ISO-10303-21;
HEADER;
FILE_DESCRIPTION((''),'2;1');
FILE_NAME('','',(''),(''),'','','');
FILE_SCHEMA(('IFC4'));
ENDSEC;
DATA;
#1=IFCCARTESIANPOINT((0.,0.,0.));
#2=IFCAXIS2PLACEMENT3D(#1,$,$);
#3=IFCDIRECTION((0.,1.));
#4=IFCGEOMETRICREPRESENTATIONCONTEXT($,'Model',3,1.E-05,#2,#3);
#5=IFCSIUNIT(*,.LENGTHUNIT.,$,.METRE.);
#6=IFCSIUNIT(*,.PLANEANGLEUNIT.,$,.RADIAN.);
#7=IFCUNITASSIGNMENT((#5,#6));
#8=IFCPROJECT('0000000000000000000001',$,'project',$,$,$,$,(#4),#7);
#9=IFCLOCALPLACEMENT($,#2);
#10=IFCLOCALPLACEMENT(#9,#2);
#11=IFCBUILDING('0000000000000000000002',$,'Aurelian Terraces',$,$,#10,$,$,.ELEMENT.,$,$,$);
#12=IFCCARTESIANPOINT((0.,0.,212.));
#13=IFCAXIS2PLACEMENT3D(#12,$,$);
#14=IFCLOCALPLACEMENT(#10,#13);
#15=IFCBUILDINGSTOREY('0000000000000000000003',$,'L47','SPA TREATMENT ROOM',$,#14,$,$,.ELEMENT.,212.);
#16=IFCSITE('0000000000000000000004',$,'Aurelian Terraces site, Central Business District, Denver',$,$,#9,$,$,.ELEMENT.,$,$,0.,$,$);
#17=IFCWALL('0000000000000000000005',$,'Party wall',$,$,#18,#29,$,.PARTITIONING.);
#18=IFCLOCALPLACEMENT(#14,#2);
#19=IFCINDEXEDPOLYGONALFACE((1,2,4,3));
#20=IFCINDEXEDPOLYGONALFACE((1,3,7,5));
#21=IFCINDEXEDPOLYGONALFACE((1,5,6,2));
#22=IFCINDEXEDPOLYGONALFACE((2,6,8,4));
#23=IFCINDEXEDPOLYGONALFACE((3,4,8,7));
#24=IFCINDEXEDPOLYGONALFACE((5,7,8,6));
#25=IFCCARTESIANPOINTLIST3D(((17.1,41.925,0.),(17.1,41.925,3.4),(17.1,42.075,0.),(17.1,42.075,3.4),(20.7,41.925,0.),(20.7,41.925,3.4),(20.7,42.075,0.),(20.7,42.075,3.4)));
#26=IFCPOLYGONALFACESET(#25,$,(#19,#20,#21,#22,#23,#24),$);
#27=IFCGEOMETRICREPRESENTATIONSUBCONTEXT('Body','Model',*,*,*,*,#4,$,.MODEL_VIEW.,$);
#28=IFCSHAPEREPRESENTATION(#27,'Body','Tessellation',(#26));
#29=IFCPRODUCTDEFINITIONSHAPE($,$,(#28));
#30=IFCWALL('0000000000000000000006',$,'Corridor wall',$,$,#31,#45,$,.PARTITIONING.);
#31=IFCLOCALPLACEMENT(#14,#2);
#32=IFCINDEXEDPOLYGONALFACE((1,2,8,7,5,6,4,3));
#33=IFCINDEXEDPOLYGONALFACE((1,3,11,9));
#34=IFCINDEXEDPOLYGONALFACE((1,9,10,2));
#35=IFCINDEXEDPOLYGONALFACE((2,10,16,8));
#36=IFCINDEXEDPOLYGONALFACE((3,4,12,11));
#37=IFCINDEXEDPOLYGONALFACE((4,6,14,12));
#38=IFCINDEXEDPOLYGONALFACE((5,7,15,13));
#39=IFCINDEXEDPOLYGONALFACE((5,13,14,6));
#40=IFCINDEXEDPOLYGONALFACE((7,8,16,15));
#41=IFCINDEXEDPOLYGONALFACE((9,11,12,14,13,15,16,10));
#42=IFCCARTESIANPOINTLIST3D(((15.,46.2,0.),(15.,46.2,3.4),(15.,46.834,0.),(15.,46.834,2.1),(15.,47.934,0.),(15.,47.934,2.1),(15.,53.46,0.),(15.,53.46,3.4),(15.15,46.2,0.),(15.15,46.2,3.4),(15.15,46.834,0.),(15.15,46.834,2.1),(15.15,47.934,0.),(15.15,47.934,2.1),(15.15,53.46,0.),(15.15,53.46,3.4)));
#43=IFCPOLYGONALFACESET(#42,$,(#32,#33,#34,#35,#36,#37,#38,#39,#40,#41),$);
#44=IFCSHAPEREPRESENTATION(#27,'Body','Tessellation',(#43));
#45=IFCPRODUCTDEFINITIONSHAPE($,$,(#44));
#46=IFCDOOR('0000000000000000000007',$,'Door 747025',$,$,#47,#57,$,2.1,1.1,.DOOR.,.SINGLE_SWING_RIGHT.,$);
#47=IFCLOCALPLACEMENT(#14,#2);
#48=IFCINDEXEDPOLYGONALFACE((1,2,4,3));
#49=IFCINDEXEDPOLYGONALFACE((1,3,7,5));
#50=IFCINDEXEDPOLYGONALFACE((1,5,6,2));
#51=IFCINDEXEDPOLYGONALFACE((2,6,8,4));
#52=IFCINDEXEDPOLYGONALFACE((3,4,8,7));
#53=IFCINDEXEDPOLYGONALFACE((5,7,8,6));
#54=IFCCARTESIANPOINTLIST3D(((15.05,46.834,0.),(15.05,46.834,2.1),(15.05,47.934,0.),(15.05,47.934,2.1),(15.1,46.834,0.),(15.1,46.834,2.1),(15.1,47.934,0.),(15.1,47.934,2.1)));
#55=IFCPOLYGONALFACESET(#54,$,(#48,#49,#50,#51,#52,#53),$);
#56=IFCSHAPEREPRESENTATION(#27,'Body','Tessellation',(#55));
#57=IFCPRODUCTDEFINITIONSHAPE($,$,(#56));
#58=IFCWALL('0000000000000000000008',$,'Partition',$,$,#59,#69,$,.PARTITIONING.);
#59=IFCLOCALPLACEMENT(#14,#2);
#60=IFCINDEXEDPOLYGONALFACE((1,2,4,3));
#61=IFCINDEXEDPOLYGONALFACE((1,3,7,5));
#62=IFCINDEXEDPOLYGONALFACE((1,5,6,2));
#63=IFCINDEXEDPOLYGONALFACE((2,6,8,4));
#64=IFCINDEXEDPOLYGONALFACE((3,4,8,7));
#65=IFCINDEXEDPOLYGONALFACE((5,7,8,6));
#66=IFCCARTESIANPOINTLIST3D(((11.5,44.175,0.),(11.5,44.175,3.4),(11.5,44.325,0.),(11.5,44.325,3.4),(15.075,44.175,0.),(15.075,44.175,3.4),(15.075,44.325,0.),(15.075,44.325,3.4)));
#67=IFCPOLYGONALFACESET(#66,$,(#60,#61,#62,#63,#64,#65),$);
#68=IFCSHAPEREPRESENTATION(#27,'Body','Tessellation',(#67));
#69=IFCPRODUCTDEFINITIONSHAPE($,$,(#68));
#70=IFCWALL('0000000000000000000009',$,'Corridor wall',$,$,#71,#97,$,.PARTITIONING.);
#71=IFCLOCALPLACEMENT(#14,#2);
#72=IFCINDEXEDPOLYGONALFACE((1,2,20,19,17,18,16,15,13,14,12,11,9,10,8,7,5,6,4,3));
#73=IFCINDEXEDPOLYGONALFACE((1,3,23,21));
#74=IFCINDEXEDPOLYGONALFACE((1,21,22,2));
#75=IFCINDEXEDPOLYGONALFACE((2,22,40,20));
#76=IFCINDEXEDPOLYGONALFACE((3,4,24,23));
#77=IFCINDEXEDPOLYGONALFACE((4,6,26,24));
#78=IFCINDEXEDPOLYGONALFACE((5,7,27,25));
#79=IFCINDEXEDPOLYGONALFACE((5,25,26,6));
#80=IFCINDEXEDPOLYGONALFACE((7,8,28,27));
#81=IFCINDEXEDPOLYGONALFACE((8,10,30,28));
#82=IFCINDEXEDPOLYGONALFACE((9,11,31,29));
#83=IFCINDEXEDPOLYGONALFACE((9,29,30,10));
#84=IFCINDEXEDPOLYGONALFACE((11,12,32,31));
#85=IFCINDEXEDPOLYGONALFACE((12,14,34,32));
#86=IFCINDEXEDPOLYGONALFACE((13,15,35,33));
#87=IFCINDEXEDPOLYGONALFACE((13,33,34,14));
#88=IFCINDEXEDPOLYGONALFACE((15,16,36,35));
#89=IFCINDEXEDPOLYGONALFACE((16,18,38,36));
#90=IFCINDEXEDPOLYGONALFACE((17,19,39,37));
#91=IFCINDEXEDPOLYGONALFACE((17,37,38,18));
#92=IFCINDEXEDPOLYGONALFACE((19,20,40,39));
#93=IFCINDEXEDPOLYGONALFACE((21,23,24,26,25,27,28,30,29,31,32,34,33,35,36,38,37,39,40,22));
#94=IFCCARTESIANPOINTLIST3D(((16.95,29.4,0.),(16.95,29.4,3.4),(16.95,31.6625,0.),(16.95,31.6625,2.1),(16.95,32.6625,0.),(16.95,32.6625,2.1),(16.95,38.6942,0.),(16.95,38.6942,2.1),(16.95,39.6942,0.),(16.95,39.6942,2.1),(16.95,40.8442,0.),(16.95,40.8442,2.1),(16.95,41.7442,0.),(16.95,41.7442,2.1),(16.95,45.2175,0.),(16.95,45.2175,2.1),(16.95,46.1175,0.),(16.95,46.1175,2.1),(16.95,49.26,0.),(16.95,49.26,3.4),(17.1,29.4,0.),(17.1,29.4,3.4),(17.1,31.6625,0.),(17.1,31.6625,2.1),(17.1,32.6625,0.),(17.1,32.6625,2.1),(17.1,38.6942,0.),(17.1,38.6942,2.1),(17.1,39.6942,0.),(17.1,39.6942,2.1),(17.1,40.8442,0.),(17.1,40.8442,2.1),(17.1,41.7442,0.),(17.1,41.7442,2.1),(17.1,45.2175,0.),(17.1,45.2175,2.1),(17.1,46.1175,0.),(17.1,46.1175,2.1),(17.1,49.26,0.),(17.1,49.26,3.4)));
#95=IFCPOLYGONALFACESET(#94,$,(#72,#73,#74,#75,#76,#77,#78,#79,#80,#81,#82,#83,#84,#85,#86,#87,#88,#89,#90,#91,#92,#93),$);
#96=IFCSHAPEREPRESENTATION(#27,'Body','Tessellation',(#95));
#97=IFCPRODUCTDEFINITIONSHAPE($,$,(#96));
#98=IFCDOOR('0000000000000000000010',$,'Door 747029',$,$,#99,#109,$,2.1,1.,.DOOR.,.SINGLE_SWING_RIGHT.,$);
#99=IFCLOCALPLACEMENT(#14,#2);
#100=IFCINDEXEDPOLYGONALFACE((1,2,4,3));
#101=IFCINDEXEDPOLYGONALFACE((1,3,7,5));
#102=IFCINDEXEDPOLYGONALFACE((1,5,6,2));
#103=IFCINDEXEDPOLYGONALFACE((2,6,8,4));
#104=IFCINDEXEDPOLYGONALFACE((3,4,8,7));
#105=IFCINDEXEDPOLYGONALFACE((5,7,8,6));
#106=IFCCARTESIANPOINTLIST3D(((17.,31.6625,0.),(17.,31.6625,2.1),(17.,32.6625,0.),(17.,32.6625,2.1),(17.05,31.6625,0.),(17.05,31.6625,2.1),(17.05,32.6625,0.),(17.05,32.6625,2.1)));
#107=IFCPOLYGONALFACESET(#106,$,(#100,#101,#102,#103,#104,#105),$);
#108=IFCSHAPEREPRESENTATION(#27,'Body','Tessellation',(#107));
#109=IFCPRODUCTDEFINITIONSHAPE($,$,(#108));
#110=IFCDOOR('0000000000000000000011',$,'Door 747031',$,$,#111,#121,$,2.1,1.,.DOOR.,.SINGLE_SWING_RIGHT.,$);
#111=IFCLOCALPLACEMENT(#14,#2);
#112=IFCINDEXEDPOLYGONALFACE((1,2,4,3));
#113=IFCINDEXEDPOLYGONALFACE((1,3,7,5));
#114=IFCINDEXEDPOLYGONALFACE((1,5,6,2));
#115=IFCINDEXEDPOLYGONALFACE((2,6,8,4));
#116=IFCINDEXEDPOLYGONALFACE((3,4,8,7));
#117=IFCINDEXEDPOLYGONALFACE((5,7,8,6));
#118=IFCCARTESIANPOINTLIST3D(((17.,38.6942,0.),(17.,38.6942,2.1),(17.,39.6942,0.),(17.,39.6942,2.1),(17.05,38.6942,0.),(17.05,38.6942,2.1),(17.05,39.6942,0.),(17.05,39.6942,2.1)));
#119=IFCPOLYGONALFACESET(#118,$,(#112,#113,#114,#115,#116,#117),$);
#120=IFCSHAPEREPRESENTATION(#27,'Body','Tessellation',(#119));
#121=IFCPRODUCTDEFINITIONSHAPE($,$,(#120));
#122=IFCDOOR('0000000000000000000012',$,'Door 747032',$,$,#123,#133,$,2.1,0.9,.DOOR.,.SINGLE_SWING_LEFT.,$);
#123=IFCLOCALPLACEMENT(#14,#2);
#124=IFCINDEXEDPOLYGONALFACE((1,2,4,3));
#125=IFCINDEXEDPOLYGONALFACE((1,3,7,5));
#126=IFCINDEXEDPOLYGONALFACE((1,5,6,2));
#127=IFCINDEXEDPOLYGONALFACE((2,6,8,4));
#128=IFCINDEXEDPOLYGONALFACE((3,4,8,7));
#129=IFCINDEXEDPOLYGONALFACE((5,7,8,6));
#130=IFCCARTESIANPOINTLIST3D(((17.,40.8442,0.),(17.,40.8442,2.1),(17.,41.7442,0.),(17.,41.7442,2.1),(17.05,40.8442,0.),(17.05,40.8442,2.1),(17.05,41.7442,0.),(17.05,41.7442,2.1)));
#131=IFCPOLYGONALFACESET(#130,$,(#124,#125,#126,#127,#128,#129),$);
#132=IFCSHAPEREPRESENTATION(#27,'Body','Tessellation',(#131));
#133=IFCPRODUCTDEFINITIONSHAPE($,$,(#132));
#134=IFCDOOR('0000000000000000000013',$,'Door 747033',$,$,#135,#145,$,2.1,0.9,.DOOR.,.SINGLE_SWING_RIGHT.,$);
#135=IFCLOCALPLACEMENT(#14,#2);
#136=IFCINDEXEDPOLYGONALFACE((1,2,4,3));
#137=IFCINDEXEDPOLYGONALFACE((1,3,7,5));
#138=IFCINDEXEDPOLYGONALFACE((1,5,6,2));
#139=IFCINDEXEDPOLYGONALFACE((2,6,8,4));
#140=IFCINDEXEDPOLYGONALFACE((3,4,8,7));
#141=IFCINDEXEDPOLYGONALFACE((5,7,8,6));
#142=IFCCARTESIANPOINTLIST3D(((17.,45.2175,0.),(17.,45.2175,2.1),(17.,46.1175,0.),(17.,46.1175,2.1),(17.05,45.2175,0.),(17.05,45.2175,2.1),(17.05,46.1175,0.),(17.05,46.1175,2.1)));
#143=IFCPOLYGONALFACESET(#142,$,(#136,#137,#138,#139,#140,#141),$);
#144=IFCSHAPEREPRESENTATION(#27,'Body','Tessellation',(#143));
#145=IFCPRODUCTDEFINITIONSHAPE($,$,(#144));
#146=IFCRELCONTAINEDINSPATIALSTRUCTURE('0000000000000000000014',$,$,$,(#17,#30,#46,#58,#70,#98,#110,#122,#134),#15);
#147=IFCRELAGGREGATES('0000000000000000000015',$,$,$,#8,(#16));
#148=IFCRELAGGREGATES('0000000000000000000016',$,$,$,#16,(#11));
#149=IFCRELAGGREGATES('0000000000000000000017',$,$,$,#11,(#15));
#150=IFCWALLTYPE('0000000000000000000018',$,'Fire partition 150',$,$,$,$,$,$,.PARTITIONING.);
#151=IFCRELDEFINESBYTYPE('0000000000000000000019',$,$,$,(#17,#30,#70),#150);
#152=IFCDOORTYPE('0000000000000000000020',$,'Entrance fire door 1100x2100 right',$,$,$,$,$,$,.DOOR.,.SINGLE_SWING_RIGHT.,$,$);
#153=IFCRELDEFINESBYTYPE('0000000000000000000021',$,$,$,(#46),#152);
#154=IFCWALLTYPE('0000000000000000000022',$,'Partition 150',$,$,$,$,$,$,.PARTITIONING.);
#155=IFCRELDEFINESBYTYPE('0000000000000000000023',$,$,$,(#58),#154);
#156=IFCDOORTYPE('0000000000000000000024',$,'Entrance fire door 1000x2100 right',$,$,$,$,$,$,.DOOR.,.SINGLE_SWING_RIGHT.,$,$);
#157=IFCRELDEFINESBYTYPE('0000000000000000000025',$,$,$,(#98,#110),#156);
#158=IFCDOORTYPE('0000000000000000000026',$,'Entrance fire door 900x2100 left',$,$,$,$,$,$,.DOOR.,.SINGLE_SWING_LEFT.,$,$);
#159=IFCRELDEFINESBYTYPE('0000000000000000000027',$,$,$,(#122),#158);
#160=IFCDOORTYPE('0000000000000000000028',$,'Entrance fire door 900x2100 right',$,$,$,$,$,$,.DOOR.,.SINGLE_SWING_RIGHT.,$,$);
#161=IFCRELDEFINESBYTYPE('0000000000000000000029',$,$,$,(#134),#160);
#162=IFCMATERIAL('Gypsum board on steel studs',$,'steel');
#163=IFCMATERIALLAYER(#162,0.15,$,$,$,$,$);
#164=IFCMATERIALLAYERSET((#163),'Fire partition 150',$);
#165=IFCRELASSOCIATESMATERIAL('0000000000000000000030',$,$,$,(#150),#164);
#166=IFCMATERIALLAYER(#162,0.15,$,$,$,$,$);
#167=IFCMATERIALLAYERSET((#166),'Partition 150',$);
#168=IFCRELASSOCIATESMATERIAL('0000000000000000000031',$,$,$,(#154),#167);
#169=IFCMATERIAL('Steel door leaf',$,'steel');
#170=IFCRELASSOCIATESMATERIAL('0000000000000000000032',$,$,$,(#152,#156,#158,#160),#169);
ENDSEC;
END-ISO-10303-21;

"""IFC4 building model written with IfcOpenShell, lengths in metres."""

from ifc_helpers import new_model, si_unit, direction, frame, frame_2d, origin, place, context, subcontext, project, spatial, rectangle, extrude, source, transform, mapped, material, layer, layer_set, type_object, element, fill, save


model = new_model("IFC4")

# Units and contexts
model_context = context("Model", 3, precision=1e-05, world=origin(), true_north=direction((0.0, 1.0)))
body_context = subcontext(model_context, "Body", "Model", "MODEL_VIEW")
ifc_project = project(units=[si_unit("LENGTHUNIT", "METRE"), si_unit("PLANEANGLEUNIT", "RADIAN")], contexts=[model_context])

# Site, building, storey
site_placement = place(None, origin())
site = spatial("IfcSite", under=ifc_project, at=site_placement, Name="Aurelian Terraces site, Central Business District, Denver", CompositionType="ELEMENT", RefElevation=0.0)
building_placement = place(site_placement, origin())
building = spatial("IfcBuilding", under=site, at=building_placement, Name="Aurelian Terraces", CompositionType="ELEMENT")
storey_placement = place(building_placement, frame((0.0, 0.0, 212.0)))
storey = spatial("IfcBuildingStorey", under=building, at=storey_placement, Name="L47", Description="SPA TREATMENT ROOM", CompositionType="ELEMENT", Elevation=212.0)

# Shared definitions
ifc_material_1 = material(Name="Gypsum board on steel studs", Category="steel")
ifc_layer_1 = layer(ifc_material_1, 0.15)
ifc_layer_set_1 = layer_set([ifc_layer_1], Name="Fire partition 150")
wall_type_1 = type_object("IfcWallType", Name="Fire partition 150", PredefinedType="PARTITIONING", material=ifc_layer_set_1)
shared_shape_1 = source(origin(), body_context, "Body", "SweptSolid", [
    extrude(rectangle(XDim=0.9, YDim=2.1, at=frame_2d((0.45, 1.05))), frame((0.0, 0.085, 0.0), z_axis=(0.0, -1.0, 0.0), x_axis=(1.0, 0.0, 0.0)), (0.0, 0.0, 1.0), 0.17),
])
shared_shape_2 = source(origin(), body_context, "Body", "SweptSolid", [
    extrude(rectangle(XDim=0.9, YDim=2.1, at=frame_2d((0.45, 1.05))), frame((0.0, 0.025, 0.0), z_axis=(0.0, -1.0, 0.0), x_axis=(1.0, 0.0, 0.0)), (0.0, 0.0, 1.0), 0.05),
])

# Wall
ifc_layer_2 = layer(ifc_material_1, 0.15)
ifc_layer_set_2 = layer_set([ifc_layer_2], Name="Partition 150")
wall_type_2 = type_object("IfcWallType", Name="Partition 150", PredefinedType="PARTITIONING", material=ifc_layer_set_2)
shared_shape_3 = source(origin(), body_context, "Body", "SweptSolid", [
    extrude(rectangle(XDim=3.6, YDim=0.15, at=frame_2d((1.8, 0.0))), origin(), (0.0, 0.0, 1.0), 3.4),
])
wall_1_placement = place(storey_placement, frame((20.7, 42.0, 0.0), z_axis=(0.0, 0.0, 1.0), x_axis=(-1.0, 0.0, 0.0)))
element("IfcWall", 1, at=wall_1_placement, inside=storey, type_object=wall_type_1, Name="Party wall", PredefinedType="PARTITIONING", context=body_context, shape_type="MappedRepresentation", body=[
    mapped(shared_shape_3, transform((0.0, 0.0, 0.0), scale=1.0)),
])

# Wall, opening, door
shared_shape_4 = source(origin(), body_context, "Body", "SweptSolid", [
    extrude(rectangle(XDim=7.26, YDim=0.15, at=frame_2d((3.63, 0.0))), origin(), (0.0, 0.0, 1.0), 3.4),
])
wall_2_placement = place(storey_placement, frame((15.075, 46.2, 0.0), z_axis=(0.0, 0.0, 1.0), x_axis=(0.0, 1.0, 0.0)))
wall_2 = element("IfcWall", 2, at=wall_2_placement, inside=storey, type_object=wall_type_1, Name="Corridor wall", PredefinedType="PARTITIONING", context=body_context, shape_type="MappedRepresentation", body=[
    mapped(shared_shape_4, transform((0.0, 0.0, 0.0), scale=1.0)),
])
shared_shape_5 = source(origin(), body_context, "Body", "SweptSolid", [
    extrude(rectangle(XDim=1.1, YDim=2.1, at=frame_2d((0.55, 1.05))), frame((0.0, 0.085, 0.0), z_axis=(0.0, -1.0, 0.0), x_axis=(1.0, 0.0, 0.0)), (0.0, 0.0, 1.0), 0.17),
])
opening_1_placement = place(wall_2_placement, frame((0.634, 0.0, 0.0)))
opening_1 = element("IfcOpeningElement", 3, at=opening_1_placement, cuts=wall_2, PredefinedType="OPENING", context=body_context, shape_type="MappedRepresentation", body=[
    mapped(shared_shape_5, transform((0.0, 0.0, 0.0), scale=1.0)),
])
ifc_material_2 = material(Name="Steel door leaf", Category="steel")
door_type_1 = type_object("IfcDoorType", Name="Entrance fire door 1100x2100 right", OperationType="SINGLE_SWING_RIGHT", PredefinedType="DOOR", material=ifc_material_2)
shared_shape_6 = source(origin(), body_context, "Body", "SweptSolid", [
    extrude(rectangle(XDim=1.1, YDim=2.1, at=frame_2d((0.55, 1.05))), frame((0.0, 0.025, 0.0), z_axis=(0.0, -1.0, 0.0), x_axis=(1.0, 0.0, 0.0)), (0.0, 0.0, 1.0), 0.05),
])
door_1_placement = place(opening_1_placement, origin())
door_1 = element("IfcDoor", 4, at=door_1_placement, inside=storey, type_object=door_type_1, Name="Door 747025", OperationType="SINGLE_SWING_RIGHT", OverallHeight=2.1, OverallWidth=1.1, PredefinedType="DOOR", context=body_context, shape_type="MappedRepresentation", body=[
    mapped(shared_shape_6, transform((0.0, 0.0, 0.0), scale=1.0)),
])
fill(opening_1, door_1)

# Wall
shared_shape_7 = source(origin(), body_context, "Body", "SweptSolid", [
    extrude(rectangle(XDim=3.575, YDim=0.15, at=frame_2d((1.7875, 0.0))), origin(), (0.0, 0.0, 1.0), 3.4),
])
wall_3_placement = place(storey_placement, frame((15.075, 44.25, 0.0), z_axis=(0.0, 0.0, 1.0), x_axis=(-1.0, 0.0, 0.0)))
element("IfcWall", 5, at=wall_3_placement, inside=storey, type_object=wall_type_2, Name="Partition", PredefinedType="PARTITIONING", context=body_context, shape_type="MappedRepresentation", body=[
    mapped(shared_shape_7, transform((0.0, 0.0, 0.0), scale=1.0)),
])

# Wall, openings, doors
shared_shape_8 = source(origin(), body_context, "Body", "SweptSolid", [
    extrude(rectangle(XDim=19.86, YDim=0.15, at=frame_2d((9.93, 0.0))), origin(), (0.0, 0.0, 1.0), 3.4),
])
wall_4_placement = place(storey_placement, frame((17.025, 49.26, 0.0), z_axis=(0.0, 0.0, 1.0), x_axis=(0.0, -1.0, 0.0)))
wall_4 = element("IfcWall", 6, at=wall_4_placement, inside=storey, type_object=wall_type_1, Name="Corridor wall", PredefinedType="PARTITIONING", context=body_context, shape_type="MappedRepresentation", body=[
    mapped(shared_shape_8, transform((0.0, 0.0, 0.0), scale=1.0)),
])
shared_shape_9 = source(origin(), body_context, "Body", "SweptSolid", [
    extrude(rectangle(XDim=1.0, YDim=2.1, at=frame_2d((0.5, 1.05))), frame((0.0, 0.085, 0.0), z_axis=(0.0, -1.0, 0.0), x_axis=(1.0, 0.0, 0.0)), (0.0, 0.0, 1.0), 0.17),
])
opening_2_placement = place(wall_4_placement, frame((16.5975, 0.0, 0.0)))
opening_2 = element("IfcOpeningElement", 7, at=opening_2_placement, cuts=wall_4, PredefinedType="OPENING", context=body_context, shape_type="MappedRepresentation", body=[
    mapped(shared_shape_9, transform((0.0, 0.0, 0.0), scale=1.0)),
])
opening_3_placement = place(wall_4_placement, frame((9.5658, 0.0, 0.0)))
opening_3 = element("IfcOpeningElement", 8, at=opening_3_placement, cuts=wall_4, PredefinedType="OPENING", context=body_context, shape_type="MappedRepresentation", body=[
    mapped(shared_shape_9, transform((0.0, 0.0, 0.0), scale=1.0)),
])
opening_4_placement = place(wall_4_placement, frame((7.5158, 0.0, 0.0)))
opening_4 = element("IfcOpeningElement", 9, at=opening_4_placement, cuts=wall_4, PredefinedType="OPENING", context=body_context, shape_type="MappedRepresentation", body=[
    mapped(shared_shape_1, transform((0.0, 0.0, 0.0), scale=1.0)),
])
opening_5_placement = place(wall_4_placement, frame((3.1425, 0.0, 0.0)))
opening_5 = element("IfcOpeningElement", 10, at=opening_5_placement, cuts=wall_4, PredefinedType="OPENING", context=body_context, shape_type="MappedRepresentation", body=[
    mapped(shared_shape_1, transform((0.0, 0.0, 0.0), scale=1.0)),
])
door_type_2 = type_object("IfcDoorType", Name="Entrance fire door 1000x2100 right", OperationType="SINGLE_SWING_RIGHT", PredefinedType="DOOR", material=ifc_material_2)
shared_shape_10 = source(origin(), body_context, "Body", "SweptSolid", [
    extrude(rectangle(XDim=1.0, YDim=2.1, at=frame_2d((0.5, 1.05))), frame((0.0, 0.025, 0.0), z_axis=(0.0, -1.0, 0.0), x_axis=(1.0, 0.0, 0.0)), (0.0, 0.0, 1.0), 0.05),
])
door_2_placement = place(opening_2_placement, origin())
door_2 = element("IfcDoor", 11, at=door_2_placement, inside=storey, type_object=door_type_2, Name="Door 747029", OperationType="SINGLE_SWING_RIGHT", OverallHeight=2.1, OverallWidth=1.0, PredefinedType="DOOR", context=body_context, shape_type="MappedRepresentation", body=[
    mapped(shared_shape_10, transform((0.0, 0.0, 0.0), scale=1.0)),
])
fill(opening_2, door_2)
door_3_placement = place(opening_3_placement, origin())
door_3 = element("IfcDoor", 12, at=door_3_placement, inside=storey, type_object=door_type_2, Name="Door 747031", OperationType="SINGLE_SWING_RIGHT", OverallHeight=2.1, OverallWidth=1.0, PredefinedType="DOOR", context=body_context, shape_type="MappedRepresentation", body=[
    mapped(shared_shape_10, transform((0.0, 0.0, 0.0), scale=1.0)),
])
fill(opening_3, door_3)
door_type_3 = type_object("IfcDoorType", Name="Entrance fire door 900x2100 left", OperationType="SINGLE_SWING_LEFT", PredefinedType="DOOR", material=ifc_material_2)
door_4_placement = place(opening_4_placement, origin())
door_4 = element("IfcDoor", 13, at=door_4_placement, inside=storey, type_object=door_type_3, Name="Door 747032", OperationType="SINGLE_SWING_LEFT", OverallHeight=2.1, OverallWidth=0.9, PredefinedType="DOOR", context=body_context, shape_type="MappedRepresentation", body=[
    mapped(shared_shape_2, transform((0.0, 0.0, 0.0), scale=1.0)),
])
fill(opening_4, door_4)
door_type_4 = type_object("IfcDoorType", Name="Entrance fire door 900x2100 right", OperationType="SINGLE_SWING_RIGHT", PredefinedType="DOOR", material=ifc_material_2)
door_5_placement = place(opening_5_placement, origin())
door_5 = element("IfcDoor", 14, at=door_5_placement, inside=storey, type_object=door_type_4, Name="Door 747033", OperationType="SINGLE_SWING_RIGHT", OverallHeight=2.1, OverallWidth=0.9, PredefinedType="DOOR", context=body_context, shape_type="MappedRepresentation", body=[
    mapped(shared_shape_2, transform((0.0, 0.0, 0.0), scale=1.0)),
])
fill(opening_5, door_5)

save(model, "model.ifc")
